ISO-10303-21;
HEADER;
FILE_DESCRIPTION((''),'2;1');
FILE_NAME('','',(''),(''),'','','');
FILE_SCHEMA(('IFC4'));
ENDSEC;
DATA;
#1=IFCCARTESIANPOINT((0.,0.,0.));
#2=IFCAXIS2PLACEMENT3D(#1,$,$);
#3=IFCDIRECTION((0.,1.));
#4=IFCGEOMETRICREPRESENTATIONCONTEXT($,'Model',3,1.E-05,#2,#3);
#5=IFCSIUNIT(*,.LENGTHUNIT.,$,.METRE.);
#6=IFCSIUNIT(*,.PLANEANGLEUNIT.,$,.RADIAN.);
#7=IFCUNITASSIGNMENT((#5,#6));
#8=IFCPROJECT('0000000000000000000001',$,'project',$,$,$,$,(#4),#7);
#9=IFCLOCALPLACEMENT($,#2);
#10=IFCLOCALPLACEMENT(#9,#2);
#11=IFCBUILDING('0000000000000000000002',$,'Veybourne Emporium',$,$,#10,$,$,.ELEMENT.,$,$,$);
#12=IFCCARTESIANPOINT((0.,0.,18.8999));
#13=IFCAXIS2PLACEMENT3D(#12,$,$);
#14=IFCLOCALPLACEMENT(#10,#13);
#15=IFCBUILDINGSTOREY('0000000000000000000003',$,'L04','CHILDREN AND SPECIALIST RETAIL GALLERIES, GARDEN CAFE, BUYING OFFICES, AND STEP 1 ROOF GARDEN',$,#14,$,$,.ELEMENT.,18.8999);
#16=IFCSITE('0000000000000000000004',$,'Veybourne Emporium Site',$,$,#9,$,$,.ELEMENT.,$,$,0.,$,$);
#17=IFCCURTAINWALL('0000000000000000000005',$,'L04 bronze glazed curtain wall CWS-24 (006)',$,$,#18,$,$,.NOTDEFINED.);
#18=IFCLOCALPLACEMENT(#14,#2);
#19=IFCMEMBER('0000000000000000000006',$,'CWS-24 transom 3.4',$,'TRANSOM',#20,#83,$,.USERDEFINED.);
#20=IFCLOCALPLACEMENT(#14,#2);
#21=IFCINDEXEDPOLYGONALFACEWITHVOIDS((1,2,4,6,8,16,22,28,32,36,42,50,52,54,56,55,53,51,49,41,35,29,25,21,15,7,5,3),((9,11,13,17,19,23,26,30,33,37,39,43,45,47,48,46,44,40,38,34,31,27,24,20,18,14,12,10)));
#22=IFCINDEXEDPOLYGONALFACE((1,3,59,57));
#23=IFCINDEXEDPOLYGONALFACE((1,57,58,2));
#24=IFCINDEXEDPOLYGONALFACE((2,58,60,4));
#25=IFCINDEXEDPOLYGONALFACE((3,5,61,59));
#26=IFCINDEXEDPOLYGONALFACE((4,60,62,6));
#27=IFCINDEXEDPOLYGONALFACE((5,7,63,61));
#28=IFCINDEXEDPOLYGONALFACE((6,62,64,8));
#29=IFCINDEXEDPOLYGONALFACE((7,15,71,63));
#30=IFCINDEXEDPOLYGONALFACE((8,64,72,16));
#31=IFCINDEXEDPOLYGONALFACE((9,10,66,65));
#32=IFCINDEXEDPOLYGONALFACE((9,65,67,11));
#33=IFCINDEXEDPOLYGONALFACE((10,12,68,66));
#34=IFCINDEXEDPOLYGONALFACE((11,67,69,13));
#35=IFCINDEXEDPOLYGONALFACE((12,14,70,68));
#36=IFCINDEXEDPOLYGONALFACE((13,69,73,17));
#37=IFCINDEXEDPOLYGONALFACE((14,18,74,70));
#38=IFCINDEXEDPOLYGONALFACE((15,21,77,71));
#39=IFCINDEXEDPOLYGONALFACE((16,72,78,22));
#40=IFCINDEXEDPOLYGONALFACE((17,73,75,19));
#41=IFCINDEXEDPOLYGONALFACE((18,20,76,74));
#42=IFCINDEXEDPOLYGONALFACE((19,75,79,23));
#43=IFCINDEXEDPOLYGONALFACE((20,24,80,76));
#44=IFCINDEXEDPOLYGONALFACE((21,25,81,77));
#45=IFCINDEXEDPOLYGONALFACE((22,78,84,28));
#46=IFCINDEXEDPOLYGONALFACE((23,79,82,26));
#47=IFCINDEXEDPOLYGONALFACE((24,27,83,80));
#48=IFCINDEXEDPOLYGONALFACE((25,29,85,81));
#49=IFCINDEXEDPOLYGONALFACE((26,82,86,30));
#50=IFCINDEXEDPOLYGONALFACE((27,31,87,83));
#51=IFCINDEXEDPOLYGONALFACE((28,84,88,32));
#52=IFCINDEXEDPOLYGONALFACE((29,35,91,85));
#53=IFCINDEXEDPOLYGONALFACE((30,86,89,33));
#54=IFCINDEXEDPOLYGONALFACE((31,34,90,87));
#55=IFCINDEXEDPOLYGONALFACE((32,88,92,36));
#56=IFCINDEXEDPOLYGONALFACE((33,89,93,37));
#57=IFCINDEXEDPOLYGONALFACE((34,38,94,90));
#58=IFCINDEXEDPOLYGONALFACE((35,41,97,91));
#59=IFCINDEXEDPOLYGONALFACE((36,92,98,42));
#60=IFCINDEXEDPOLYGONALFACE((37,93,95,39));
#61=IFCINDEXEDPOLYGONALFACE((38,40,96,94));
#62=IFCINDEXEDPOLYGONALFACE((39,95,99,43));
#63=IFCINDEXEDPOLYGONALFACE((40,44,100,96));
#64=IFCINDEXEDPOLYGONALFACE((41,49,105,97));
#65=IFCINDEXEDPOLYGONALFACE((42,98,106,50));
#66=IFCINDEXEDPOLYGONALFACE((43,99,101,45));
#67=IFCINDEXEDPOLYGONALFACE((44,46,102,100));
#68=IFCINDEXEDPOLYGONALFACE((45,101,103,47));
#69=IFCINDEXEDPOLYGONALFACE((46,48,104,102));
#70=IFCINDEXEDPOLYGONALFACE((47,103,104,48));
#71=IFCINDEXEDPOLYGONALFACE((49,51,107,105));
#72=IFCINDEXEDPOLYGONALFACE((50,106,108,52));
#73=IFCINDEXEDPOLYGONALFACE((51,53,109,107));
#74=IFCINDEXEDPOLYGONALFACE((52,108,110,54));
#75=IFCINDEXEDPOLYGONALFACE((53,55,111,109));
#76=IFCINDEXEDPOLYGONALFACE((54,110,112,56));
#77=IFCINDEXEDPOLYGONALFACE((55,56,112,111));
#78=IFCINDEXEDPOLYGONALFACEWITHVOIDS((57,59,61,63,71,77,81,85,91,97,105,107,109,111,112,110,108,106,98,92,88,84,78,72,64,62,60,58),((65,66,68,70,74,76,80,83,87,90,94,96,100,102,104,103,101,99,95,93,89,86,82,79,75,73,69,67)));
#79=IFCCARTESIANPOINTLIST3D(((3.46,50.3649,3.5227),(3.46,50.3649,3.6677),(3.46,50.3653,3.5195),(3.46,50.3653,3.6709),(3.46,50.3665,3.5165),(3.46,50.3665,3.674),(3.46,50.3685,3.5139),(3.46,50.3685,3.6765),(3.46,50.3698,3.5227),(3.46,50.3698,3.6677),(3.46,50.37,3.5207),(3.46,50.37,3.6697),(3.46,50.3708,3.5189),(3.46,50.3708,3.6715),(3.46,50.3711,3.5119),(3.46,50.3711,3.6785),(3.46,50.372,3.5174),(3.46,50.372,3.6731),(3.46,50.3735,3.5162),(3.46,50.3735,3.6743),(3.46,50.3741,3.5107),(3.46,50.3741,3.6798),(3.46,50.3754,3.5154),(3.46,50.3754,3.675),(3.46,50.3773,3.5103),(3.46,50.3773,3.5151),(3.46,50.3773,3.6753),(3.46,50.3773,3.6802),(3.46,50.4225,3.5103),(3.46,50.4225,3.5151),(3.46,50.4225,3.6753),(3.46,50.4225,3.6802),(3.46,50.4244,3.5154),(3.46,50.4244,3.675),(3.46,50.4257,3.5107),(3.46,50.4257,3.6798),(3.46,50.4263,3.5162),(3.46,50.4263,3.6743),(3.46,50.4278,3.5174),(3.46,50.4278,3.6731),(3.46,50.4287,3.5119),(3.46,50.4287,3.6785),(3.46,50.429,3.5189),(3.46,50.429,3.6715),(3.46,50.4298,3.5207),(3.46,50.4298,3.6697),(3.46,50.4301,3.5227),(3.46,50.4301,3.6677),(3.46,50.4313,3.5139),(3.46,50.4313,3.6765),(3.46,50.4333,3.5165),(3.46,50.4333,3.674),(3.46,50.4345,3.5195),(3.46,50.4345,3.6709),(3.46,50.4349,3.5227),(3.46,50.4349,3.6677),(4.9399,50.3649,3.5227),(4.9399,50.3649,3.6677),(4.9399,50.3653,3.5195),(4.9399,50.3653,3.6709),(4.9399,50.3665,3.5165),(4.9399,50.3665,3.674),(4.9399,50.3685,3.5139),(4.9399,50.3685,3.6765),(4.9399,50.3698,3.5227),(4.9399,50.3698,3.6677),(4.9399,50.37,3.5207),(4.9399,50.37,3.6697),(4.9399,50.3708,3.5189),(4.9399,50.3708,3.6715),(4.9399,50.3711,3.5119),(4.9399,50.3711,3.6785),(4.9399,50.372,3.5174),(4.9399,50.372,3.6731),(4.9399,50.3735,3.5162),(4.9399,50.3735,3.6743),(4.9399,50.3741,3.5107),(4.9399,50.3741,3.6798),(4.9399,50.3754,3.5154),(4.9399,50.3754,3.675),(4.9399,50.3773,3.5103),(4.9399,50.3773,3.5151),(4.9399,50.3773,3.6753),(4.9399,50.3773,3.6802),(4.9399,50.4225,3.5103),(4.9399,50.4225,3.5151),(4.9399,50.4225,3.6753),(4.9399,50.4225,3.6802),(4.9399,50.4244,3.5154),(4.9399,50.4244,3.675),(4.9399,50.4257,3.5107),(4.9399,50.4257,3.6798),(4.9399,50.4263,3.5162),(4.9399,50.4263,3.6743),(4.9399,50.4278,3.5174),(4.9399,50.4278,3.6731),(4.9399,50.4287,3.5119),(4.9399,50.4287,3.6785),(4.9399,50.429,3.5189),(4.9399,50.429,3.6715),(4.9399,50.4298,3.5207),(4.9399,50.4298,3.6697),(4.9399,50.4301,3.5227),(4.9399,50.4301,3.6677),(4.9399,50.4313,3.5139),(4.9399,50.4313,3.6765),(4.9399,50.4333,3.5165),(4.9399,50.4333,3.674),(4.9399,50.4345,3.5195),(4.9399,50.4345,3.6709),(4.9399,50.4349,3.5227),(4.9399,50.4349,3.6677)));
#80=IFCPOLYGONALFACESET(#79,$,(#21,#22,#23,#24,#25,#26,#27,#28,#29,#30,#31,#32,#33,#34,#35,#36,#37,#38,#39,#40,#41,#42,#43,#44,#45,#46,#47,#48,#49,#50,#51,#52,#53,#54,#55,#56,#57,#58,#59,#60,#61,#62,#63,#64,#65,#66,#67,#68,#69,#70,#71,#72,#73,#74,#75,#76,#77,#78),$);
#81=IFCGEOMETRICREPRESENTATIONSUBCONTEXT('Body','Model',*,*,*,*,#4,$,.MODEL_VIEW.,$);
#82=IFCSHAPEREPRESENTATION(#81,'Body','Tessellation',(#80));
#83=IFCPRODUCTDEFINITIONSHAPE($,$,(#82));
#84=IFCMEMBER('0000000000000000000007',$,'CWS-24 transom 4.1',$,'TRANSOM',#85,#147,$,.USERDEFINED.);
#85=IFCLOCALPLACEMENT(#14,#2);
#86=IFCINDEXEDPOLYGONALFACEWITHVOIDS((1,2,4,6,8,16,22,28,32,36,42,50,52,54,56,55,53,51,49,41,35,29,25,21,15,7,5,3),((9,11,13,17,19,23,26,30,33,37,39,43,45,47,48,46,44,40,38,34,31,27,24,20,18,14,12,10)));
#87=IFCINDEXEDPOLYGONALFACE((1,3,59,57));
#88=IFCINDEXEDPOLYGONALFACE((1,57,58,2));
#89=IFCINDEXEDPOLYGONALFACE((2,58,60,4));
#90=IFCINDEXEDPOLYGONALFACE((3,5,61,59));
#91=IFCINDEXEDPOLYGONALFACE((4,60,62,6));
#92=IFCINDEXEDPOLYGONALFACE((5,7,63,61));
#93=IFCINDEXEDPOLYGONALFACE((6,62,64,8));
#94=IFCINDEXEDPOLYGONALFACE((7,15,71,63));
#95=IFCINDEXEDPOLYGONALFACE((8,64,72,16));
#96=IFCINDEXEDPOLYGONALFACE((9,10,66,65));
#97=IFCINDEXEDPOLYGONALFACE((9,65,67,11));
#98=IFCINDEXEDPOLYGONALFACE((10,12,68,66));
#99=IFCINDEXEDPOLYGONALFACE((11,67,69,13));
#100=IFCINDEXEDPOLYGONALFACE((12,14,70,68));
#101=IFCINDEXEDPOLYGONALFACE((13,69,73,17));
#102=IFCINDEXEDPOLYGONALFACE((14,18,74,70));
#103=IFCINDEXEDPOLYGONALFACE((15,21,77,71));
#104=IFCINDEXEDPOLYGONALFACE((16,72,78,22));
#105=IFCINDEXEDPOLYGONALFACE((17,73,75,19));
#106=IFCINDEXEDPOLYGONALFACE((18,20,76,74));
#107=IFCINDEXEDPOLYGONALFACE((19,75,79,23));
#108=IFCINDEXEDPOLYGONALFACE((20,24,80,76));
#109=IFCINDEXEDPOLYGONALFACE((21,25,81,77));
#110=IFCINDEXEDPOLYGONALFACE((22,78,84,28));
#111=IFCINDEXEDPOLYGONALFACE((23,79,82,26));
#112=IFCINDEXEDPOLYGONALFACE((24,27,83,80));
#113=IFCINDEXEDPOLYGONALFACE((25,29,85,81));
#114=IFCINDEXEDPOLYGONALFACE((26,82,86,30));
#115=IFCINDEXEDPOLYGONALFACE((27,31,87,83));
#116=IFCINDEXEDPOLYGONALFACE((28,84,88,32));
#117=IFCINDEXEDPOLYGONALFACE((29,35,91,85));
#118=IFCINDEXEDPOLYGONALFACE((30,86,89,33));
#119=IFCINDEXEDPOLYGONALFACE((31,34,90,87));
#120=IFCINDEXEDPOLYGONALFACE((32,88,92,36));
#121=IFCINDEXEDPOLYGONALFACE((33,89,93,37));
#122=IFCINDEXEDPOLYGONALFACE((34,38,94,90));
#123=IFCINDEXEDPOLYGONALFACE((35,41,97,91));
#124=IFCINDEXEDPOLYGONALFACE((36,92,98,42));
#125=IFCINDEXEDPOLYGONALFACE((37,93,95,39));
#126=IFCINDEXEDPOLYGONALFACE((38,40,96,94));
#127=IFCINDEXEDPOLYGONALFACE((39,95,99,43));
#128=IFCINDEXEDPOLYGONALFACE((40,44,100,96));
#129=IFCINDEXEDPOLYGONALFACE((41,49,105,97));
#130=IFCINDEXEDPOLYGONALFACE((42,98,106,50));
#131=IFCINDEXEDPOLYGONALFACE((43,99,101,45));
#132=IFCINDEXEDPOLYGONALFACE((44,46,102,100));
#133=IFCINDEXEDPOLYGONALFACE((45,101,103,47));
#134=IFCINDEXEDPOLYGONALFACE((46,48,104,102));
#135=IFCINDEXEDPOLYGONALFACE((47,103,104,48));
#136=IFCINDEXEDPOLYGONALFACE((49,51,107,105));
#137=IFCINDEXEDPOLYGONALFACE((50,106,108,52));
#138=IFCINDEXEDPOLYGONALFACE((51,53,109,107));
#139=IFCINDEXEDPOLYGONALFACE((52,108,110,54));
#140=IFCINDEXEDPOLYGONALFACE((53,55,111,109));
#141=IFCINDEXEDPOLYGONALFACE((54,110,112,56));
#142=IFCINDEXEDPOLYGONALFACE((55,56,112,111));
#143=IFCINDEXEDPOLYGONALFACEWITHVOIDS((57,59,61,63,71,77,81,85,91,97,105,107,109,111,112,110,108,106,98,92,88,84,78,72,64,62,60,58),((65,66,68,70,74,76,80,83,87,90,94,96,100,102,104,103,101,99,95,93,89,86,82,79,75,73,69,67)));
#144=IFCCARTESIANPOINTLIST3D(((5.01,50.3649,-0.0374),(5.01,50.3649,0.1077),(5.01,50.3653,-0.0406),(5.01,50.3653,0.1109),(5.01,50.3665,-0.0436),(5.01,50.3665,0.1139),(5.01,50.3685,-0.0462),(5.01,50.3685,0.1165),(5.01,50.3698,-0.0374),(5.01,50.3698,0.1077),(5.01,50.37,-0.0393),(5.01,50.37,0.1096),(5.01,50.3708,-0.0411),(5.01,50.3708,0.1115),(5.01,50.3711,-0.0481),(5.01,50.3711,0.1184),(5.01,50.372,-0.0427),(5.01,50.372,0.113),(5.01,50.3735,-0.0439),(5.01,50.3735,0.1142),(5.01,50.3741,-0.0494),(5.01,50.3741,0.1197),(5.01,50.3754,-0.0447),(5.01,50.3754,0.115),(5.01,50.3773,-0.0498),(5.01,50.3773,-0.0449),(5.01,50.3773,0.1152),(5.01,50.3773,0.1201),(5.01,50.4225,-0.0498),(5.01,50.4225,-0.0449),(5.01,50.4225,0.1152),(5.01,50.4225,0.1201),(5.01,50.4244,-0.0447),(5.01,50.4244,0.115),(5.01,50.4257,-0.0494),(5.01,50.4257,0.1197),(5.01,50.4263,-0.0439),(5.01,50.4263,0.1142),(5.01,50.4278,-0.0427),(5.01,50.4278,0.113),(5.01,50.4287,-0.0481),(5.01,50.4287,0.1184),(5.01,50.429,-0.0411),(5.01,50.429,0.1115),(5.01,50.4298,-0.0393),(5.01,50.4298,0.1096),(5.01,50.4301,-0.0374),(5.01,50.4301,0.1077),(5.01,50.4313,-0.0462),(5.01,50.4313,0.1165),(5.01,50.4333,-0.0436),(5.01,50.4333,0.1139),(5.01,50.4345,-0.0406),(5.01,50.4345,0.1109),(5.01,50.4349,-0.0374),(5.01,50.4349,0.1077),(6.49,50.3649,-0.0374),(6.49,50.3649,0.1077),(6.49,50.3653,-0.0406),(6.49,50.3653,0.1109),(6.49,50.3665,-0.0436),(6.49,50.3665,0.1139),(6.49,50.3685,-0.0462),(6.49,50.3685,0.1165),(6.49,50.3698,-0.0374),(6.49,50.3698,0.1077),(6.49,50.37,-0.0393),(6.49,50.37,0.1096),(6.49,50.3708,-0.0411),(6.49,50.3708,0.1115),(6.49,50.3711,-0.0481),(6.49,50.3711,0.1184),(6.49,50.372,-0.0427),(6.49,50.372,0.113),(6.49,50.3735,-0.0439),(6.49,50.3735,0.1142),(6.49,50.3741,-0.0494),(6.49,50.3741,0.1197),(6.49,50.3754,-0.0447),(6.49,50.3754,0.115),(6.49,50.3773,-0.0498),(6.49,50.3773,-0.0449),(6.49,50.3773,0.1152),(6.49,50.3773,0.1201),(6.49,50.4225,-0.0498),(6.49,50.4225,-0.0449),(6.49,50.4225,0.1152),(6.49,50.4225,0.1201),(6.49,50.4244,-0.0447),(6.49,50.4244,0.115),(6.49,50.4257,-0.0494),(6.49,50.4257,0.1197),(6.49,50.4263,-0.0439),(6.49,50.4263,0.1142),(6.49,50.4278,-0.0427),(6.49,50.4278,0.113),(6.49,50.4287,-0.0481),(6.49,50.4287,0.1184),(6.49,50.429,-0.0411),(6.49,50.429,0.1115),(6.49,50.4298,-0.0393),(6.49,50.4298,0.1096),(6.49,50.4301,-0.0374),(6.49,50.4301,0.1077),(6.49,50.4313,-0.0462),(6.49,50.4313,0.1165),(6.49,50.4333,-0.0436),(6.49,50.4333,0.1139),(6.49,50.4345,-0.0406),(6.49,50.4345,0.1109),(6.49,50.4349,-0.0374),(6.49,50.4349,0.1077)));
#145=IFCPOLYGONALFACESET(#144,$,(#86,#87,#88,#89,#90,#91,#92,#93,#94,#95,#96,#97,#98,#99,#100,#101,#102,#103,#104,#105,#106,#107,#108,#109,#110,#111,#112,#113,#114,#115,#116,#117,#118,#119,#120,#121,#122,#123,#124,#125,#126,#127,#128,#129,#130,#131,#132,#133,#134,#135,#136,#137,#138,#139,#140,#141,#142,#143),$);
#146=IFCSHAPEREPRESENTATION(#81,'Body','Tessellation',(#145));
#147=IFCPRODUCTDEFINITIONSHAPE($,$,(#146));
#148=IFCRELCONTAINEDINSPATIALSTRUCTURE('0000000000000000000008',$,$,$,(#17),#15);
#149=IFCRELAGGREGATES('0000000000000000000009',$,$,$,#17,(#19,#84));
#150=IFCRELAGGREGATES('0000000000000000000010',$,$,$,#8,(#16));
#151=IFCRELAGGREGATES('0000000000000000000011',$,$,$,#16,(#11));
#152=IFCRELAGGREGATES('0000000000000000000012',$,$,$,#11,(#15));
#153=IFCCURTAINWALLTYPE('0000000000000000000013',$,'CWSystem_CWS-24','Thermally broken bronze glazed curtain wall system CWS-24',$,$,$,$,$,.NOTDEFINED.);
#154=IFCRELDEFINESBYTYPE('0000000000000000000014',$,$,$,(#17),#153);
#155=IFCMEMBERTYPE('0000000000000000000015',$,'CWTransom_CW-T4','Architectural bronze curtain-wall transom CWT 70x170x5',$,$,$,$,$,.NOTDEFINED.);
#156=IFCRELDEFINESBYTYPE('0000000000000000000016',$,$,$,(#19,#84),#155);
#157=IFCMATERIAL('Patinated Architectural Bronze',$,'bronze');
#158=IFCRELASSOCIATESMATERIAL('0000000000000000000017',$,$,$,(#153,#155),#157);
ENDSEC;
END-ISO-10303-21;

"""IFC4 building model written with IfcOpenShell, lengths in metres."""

from ifc_helpers import new_model, si_unit, direction, frame, origin, origin_2d, place, context, subcontext, project, spatial, hollow_rectangle, extrude, material, material_profile, profile_set, type_object, element, aggregate, save


model = new_model("IFC4")

# Units and contexts
model_context = context("Model", 3, precision=1e-05, world=origin(), true_north=direction((0.0, 1.0)))
body_context = subcontext(model_context, "Body", "Model", "MODEL_VIEW")
ifc_project = project(units=[si_unit("LENGTHUNIT", "METRE"), si_unit("PLANEANGLEUNIT", "RADIAN")], contexts=[model_context])

# Site, building, storey
site_placement = place(None, origin())
site = spatial("IfcSite", under=ifc_project, at=site_placement, Name="Veybourne Emporium Site", CompositionType="ELEMENT", RefElevation=0.0)
building_placement = place(site_placement, origin())
building = spatial("IfcBuilding", under=site, at=building_placement, Name="Veybourne Emporium", CompositionType="ELEMENT")
storey_placement = place(building_placement, frame((0.0, 0.0, 18.8999)))
storey = spatial("IfcBuildingStorey", under=building, at=storey_placement, Name="L04", Description="CHILDREN AND SPECIALIST RETAIL GALLERIES, GARDEN CAFE, BUYING OFFICES, AND STEP 1 ROOF GARDEN", CompositionType="ELEMENT", Elevation=18.8999)

# Curtain wall, members
ifc_material_1 = material(Name="Patinated Architectural Bronze", Category="bronze")
curtain_wall_type = type_object("IfcCurtainWallType", Name="CWSystem_CWS-24", Description="Thermally broken bronze glazed curtain wall system CWS-24", PredefinedType="NOTDEFINED", material=ifc_material_1)
curtain_wall_placement = place(storey_placement, origin())
curtain_wall = element("IfcCurtainWall", 1, at=curtain_wall_placement, inside=storey, type_object=curtain_wall_type, Name="L04 bronze glazed curtain wall CWS-24 (006)", PredefinedType="NOTDEFINED")
ifc_material_profile_1 = material_profile(ifc_material_1, hollow_rectangle(XDim=0.0701, YDim=0.1699, WallThickness=0.0049, InnerFilletRadius=0.0076, OuterFilletRadius=0.0125, at=origin_2d()), Name="CWT 70x170x5")
ifc_profile_set_1 = profile_set([ifc_material_profile_1], Name="Patinated Architectural Bronze")
member_type_1 = type_object("IfcMemberType", Name="CWTransom_CW-T4", Description="Architectural bronze curtain-wall transom CWT 70x170x5", PredefinedType="NOTDEFINED", material=ifc_profile_set_1)
member_1_placement = place(storey_placement, frame((3.46, 50.3999, 3.5952), z_axis=(1.0, 0.0, 0.0), x_axis=(0.0, 1.0, 0.0)))
member_1 = element("IfcMember", 2, at=member_1_placement, type_object=member_type_1, Name="CWS-24 transom 3.4", ObjectType="TRANSOM", PredefinedType="USERDEFINED", context=body_context, shape_type="SweptSolid", body=[
    extrude(hollow_rectangle(XDim=0.0701, YDim=0.1699, WallThickness=0.0049, InnerFilletRadius=0.0076, OuterFilletRadius=0.0125, at=origin_2d()), origin(), (0.0, 0.0, 1.0), 1.48),
])
member_2_placement = place(storey_placement, frame((5.01, 50.3999, 0.0352), z_axis=(1.0, 0.0, 0.0), x_axis=(0.0, 1.0, 0.0)))
member_2 = element("IfcMember", 3, at=member_2_placement, type_object=member_type_1, Name="CWS-24 transom 4.1", ObjectType="TRANSOM", PredefinedType="USERDEFINED", context=body_context, shape_type="SweptSolid", body=[
    extrude(hollow_rectangle(XDim=0.0701, YDim=0.1699, WallThickness=0.0049, InnerFilletRadius=0.0076, OuterFilletRadius=0.0125, at=origin_2d()), origin(), (0.0, 0.0, 1.0), 1.48),
])
aggregate(curtain_wall, [member_1, member_2])

save(model, "model.ifc")
